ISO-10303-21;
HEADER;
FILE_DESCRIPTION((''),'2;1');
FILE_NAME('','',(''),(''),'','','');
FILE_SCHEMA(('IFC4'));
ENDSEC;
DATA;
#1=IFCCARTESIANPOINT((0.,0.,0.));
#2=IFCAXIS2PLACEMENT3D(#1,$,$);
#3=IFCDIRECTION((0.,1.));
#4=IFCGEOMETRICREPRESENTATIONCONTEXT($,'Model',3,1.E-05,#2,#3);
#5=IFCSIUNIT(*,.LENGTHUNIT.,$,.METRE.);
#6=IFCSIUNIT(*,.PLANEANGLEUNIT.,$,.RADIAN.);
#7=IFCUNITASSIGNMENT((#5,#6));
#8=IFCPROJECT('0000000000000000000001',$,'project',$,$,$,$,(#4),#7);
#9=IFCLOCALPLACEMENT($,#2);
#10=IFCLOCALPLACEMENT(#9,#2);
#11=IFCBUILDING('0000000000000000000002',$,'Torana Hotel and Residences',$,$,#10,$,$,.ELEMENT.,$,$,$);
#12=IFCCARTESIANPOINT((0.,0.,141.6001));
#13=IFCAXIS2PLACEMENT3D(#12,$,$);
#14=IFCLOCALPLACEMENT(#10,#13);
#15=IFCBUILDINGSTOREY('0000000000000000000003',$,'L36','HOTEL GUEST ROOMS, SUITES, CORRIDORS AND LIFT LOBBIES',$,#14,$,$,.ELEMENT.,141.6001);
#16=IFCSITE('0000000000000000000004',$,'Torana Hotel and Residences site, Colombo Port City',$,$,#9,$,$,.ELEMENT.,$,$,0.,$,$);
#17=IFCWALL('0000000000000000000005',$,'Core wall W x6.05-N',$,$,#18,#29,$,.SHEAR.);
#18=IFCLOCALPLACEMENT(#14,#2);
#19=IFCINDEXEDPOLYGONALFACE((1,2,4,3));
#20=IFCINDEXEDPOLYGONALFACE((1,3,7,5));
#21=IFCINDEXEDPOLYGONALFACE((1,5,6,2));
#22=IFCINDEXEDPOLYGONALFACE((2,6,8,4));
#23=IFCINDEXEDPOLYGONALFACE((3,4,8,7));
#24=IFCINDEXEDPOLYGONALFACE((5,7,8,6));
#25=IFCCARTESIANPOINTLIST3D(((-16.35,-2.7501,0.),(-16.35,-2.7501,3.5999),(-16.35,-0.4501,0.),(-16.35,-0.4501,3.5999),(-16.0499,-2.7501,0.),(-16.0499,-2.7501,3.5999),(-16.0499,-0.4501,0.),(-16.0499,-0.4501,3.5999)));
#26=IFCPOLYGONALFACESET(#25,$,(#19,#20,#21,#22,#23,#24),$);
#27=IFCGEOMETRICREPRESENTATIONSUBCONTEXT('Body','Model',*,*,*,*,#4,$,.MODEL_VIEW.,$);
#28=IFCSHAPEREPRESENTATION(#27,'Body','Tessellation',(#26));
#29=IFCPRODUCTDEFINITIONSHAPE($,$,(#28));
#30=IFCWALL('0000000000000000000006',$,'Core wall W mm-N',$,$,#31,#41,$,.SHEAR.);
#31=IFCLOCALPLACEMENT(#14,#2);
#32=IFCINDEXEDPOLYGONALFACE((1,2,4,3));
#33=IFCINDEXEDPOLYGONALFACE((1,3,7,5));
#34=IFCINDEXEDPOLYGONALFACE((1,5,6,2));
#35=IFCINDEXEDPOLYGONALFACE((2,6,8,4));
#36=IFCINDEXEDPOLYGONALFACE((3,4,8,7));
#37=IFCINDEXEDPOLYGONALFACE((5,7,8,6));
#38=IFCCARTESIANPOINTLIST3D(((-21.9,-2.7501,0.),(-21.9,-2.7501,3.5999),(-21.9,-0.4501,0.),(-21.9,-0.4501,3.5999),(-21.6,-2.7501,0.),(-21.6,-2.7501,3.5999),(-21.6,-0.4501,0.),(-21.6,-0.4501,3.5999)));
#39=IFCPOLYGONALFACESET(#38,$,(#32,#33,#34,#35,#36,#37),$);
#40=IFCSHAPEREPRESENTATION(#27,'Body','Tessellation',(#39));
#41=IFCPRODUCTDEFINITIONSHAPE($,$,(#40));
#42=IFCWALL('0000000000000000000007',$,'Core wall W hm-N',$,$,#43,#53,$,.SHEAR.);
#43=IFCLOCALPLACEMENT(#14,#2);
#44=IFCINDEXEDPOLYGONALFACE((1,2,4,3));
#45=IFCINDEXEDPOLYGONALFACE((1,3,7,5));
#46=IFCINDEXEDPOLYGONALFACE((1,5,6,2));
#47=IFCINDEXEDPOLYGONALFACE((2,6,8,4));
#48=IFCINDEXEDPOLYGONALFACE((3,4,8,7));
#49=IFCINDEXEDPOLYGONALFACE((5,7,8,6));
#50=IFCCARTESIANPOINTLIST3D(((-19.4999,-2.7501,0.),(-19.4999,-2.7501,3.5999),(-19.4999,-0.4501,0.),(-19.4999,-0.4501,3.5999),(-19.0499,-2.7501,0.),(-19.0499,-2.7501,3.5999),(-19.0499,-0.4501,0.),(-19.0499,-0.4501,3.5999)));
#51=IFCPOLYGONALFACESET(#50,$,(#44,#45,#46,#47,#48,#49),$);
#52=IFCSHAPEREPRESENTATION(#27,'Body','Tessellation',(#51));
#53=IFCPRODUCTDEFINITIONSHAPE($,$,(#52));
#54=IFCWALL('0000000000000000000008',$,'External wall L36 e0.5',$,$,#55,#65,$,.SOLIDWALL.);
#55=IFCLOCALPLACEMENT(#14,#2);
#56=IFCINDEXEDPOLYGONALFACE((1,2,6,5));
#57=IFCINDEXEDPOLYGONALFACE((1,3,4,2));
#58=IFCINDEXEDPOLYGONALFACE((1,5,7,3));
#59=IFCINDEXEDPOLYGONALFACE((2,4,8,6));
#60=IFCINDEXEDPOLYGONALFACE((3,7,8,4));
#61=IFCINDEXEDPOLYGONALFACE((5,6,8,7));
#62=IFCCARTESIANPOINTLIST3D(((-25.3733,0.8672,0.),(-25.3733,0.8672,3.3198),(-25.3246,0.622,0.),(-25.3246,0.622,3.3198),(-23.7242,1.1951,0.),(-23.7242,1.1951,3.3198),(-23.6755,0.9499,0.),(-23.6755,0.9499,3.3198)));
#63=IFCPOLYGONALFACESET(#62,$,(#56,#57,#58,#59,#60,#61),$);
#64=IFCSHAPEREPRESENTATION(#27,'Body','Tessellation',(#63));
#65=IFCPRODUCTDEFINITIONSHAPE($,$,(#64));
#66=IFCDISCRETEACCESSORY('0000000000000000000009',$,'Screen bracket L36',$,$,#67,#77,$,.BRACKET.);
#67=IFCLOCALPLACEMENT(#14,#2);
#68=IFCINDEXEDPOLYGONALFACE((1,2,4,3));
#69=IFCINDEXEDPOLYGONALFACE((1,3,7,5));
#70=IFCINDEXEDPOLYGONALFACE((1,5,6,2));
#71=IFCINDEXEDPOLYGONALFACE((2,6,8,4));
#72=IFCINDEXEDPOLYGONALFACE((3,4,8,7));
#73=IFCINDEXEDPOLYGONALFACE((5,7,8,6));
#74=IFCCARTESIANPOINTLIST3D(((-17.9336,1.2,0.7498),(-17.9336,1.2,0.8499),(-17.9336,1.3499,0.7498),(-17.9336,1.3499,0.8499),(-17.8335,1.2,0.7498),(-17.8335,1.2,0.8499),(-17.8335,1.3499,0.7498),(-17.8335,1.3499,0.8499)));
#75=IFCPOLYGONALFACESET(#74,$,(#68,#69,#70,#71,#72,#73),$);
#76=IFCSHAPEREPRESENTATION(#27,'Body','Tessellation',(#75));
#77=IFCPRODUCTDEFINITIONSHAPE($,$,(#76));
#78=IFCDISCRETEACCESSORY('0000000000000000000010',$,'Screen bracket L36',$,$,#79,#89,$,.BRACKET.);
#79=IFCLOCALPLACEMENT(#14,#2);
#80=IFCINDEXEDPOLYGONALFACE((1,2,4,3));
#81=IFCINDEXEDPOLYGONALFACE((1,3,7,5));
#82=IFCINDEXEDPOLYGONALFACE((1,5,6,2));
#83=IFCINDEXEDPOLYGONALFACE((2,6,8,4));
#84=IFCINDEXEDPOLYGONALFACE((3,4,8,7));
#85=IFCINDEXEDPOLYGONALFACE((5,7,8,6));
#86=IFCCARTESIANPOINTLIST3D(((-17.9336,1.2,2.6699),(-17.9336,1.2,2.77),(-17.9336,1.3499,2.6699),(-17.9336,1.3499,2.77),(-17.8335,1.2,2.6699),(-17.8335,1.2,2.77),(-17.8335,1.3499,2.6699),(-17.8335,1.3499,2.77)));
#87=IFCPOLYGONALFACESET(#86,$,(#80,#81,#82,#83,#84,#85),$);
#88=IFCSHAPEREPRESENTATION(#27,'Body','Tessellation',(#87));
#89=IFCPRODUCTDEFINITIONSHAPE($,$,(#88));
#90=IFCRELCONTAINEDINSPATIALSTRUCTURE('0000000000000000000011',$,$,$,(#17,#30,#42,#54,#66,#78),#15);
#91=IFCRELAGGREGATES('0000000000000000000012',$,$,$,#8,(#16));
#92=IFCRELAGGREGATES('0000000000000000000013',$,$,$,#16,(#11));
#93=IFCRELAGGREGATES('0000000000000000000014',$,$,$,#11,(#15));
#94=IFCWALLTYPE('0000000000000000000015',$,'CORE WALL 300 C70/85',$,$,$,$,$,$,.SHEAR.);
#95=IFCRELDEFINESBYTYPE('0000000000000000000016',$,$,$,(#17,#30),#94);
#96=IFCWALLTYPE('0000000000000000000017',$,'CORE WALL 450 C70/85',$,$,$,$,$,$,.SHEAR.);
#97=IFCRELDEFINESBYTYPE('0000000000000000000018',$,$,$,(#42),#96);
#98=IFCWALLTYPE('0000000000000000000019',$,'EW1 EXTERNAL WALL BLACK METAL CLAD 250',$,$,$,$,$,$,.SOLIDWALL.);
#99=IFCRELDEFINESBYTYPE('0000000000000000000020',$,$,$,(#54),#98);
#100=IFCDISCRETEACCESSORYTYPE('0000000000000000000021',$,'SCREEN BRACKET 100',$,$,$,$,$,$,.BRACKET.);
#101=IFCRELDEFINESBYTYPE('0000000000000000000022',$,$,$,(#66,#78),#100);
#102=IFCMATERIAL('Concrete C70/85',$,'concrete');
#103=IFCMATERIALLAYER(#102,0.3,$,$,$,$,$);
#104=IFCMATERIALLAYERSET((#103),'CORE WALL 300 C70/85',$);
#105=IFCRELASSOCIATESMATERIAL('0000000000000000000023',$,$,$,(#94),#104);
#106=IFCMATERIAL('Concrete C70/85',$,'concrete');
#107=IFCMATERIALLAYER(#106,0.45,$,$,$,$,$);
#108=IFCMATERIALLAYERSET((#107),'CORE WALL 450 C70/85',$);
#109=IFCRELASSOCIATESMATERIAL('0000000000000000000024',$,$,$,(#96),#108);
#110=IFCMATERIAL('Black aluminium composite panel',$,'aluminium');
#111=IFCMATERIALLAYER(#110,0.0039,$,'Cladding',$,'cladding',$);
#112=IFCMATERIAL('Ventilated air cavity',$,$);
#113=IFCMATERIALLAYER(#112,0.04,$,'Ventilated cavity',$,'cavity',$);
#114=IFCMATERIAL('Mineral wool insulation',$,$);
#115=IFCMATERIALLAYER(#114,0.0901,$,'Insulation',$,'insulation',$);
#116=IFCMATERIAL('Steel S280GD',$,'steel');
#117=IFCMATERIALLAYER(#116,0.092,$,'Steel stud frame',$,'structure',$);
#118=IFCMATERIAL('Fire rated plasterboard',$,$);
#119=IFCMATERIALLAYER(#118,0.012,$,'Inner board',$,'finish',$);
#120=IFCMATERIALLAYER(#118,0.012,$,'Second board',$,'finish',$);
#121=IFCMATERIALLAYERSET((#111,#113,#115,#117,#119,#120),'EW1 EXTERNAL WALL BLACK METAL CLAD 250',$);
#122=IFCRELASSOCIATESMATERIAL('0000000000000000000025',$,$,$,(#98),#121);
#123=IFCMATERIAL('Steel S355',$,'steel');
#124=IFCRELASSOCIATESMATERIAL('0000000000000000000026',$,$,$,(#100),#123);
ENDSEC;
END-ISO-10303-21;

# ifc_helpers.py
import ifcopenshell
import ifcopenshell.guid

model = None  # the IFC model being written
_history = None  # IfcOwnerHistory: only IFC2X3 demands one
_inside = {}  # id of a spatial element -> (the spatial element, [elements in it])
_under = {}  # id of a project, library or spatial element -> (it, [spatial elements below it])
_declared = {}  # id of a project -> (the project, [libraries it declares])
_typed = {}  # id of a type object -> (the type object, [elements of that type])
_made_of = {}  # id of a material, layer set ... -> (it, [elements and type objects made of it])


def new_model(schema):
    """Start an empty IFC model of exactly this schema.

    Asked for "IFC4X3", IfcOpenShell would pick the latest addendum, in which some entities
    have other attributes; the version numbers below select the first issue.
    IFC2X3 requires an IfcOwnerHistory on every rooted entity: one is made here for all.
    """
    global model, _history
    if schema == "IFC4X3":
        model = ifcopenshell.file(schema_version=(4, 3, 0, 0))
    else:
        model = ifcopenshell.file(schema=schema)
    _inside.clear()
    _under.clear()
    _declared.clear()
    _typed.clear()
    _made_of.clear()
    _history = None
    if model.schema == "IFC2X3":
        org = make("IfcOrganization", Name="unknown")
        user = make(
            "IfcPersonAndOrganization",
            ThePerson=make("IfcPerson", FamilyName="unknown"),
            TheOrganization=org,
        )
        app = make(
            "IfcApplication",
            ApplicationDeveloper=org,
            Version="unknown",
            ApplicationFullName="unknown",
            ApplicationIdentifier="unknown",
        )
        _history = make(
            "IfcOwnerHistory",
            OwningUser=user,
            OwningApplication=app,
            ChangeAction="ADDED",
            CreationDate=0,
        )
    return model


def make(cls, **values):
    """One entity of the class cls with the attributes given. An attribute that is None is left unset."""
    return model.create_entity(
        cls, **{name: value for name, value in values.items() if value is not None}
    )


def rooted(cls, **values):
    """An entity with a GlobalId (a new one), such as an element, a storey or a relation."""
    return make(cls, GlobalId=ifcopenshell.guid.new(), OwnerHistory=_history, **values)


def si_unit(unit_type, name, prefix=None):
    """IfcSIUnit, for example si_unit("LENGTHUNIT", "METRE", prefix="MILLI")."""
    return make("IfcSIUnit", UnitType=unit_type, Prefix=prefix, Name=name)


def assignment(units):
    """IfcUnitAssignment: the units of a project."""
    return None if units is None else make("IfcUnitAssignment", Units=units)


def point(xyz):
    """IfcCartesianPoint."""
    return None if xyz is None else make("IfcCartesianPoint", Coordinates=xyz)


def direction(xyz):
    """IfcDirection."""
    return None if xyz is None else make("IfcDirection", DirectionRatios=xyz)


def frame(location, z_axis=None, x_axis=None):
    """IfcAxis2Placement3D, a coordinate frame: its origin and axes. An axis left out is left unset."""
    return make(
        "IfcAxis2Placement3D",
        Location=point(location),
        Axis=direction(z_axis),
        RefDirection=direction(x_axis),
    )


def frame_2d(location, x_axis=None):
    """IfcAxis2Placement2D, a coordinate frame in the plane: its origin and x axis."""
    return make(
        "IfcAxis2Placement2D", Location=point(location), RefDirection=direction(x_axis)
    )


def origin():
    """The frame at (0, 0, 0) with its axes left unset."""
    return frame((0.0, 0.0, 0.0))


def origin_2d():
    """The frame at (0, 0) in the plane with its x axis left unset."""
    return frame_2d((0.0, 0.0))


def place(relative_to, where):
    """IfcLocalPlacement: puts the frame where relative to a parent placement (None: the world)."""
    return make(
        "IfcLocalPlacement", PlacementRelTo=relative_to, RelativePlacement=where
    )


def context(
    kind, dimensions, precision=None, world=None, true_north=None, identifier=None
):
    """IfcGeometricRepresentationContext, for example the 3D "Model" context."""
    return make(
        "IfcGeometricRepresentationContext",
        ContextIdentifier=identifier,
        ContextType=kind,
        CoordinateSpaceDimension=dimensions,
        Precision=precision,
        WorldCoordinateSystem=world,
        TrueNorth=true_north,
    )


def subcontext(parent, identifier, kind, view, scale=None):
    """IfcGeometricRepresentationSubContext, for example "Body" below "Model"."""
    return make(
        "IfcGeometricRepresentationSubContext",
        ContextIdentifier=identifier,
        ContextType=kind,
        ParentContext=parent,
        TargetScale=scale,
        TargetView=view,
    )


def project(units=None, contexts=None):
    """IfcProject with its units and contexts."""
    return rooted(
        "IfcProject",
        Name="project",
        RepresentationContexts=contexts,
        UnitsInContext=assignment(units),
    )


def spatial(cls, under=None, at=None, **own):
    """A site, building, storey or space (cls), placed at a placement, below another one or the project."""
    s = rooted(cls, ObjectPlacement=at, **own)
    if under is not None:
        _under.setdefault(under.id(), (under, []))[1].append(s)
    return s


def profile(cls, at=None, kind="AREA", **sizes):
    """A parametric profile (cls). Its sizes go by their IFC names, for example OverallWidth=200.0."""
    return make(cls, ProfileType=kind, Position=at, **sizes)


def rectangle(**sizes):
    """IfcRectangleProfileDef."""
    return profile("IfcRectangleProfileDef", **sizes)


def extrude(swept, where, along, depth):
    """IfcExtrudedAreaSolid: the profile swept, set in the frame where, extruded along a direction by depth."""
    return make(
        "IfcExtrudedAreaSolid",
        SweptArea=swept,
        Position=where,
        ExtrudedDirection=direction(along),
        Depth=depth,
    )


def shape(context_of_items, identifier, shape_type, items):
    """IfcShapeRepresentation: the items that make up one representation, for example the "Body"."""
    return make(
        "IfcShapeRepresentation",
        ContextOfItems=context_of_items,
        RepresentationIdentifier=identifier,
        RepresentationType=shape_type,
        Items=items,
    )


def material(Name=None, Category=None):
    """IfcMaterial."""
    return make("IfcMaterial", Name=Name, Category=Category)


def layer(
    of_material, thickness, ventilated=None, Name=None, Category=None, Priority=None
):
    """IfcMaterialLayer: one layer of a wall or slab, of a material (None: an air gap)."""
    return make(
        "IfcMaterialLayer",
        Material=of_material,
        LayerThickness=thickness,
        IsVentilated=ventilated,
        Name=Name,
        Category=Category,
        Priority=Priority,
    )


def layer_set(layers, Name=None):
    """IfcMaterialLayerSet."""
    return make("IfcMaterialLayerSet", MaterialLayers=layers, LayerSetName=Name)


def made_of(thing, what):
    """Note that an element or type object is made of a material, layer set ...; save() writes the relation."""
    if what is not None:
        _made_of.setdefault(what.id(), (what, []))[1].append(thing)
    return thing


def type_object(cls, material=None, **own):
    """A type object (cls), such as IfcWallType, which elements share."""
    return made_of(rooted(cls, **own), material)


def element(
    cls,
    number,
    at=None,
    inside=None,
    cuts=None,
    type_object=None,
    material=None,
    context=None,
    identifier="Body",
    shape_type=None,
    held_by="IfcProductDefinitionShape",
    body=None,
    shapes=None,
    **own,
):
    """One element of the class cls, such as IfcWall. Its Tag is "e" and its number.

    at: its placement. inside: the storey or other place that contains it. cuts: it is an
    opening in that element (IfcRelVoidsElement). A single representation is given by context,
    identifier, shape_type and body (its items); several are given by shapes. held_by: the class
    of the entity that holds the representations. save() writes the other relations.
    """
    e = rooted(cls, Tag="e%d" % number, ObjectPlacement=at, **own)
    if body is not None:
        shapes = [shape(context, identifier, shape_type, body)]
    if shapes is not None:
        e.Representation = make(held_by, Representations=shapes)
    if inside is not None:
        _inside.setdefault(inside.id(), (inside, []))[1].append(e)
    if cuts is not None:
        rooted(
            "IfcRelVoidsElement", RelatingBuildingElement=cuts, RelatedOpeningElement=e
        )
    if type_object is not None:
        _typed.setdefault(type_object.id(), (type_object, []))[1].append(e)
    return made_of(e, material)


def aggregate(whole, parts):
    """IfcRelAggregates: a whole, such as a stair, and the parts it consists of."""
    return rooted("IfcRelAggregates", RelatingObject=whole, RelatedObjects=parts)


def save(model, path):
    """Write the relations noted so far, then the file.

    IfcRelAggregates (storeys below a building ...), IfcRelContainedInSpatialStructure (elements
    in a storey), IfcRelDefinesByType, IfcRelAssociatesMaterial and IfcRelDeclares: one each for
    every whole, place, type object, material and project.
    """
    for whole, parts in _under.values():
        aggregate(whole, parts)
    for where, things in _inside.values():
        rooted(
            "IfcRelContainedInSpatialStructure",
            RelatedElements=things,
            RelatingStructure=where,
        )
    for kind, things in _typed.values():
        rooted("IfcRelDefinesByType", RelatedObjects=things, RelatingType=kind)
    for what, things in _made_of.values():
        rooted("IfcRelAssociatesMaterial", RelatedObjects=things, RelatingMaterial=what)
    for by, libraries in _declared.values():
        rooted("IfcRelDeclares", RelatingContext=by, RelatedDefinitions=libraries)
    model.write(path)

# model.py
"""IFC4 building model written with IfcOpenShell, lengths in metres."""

from ifc_helpers import new_model, si_unit, direction, frame, frame_2d, origin, origin_2d, place, context, subcontext, project, spatial, rectangle, extrude, material, layer, layer_set, type_object, element, save


model = new_model("IFC4")

# Units and contexts
model_context = context("Model", 3, precision=1e-05, world=origin(), true_north=direction((0.0, 1.0)))
body_context = subcontext(model_context, "Body", "Model", "MODEL_VIEW")
ifc_project = project(units=[si_unit("LENGTHUNIT", "METRE"), si_unit("PLANEANGLEUNIT", "RADIAN")], contexts=[model_context])

# Site, building, storey
site_placement = place(None, origin())
site = spatial("IfcSite", under=ifc_project, at=site_placement, Name="Torana Hotel and Residences site, Colombo Port City", CompositionType="ELEMENT", RefElevation=0.0)
building_placement = place(site_placement, origin())
building = spatial("IfcBuilding", under=site, at=building_placement, Name="Torana Hotel and Residences", CompositionType="ELEMENT")
storey_placement = place(building_placement, frame((0.0, 0.0, 141.6001)))
storey = spatial("IfcBuildingStorey", under=building, at=storey_placement, Name="L36", Description="HOTEL GUEST ROOMS, SUITES, CORRIDORS AND LIFT LOBBIES", CompositionType="ELEMENT", Elevation=141.6001)

# Shared definitions
ifc_material_1 = material(Name="Concrete C70/85", Category="concrete")
ifc_layer_1 = layer(ifc_material_1, 0.3)
ifc_layer_set_1 = layer_set([ifc_layer_1], Name="CORE WALL 300 C70/85")
wall_type_1 = type_object("IfcWallType", Name="CORE WALL 300 C70/85", PredefinedType="SHEAR", material=ifc_layer_set_1)

# Walls
for number, where, z_axis, x_axis, name in (
    (1, (-16.2, -2.75, 0.0), (0.0, 0.0, 1.0), (0.0, 1.0, 0.0), "Core wall W x6.05-N"),
    (2, (-21.75, -2.75, 0.0), (0.0, 0.0, 1.0), (0.0, 1.0, 0.0), "Core wall W mm-N"),
):
    element("IfcWall", number, at=place(storey_placement, frame(where, z_axis=z_axis, x_axis=x_axis)), inside=storey, type_object=wall_type_1, Name=name, PredefinedType="SHEAR", context=body_context, shape_type="SweptSolid", body=[
        extrude(rectangle(XDim=2.3, YDim=0.3, at=frame_2d((1.1499, 0.0))), origin(), (0.0, 0.0, 1.0), 3.5999),
    ])
ifc_material_2 = material(Name="Concrete C70/85", Category="concrete")
ifc_layer_2 = layer(ifc_material_2, 0.45)
ifc_layer_set_2 = layer_set([ifc_layer_2], Name="CORE WALL 450 C70/85")
wall_type_2 = type_object("IfcWallType", Name="CORE WALL 450 C70/85", PredefinedType="SHEAR", material=ifc_layer_set_2)
wall_1_placement = place(storey_placement, frame((-19.2749, -2.75, 0.0), z_axis=(0.0, 0.0, 1.0), x_axis=(0.0, 1.0, 0.0)))
element("IfcWall", 3, at=wall_1_placement, inside=storey, type_object=wall_type_2, Name="Core wall W hm-N", PredefinedType="SHEAR", context=body_context, shape_type="SweptSolid", body=[
    extrude(rectangle(XDim=2.3, YDim=0.45, at=frame_2d((1.1499, 0.0))), origin(), (0.0, 0.0, 1.0), 3.5999),
])
ifc_material_3 = material(Name="Black aluminium composite panel", Category="aluminium")
ifc_layer_3 = layer(ifc_material_3, 0.0039, Name="Cladding", Category="cladding")
ifc_material_4 = material(Name="Ventilated air cavity")
ifc_layer_4 = layer(ifc_material_4, 0.04, Name="Ventilated cavity", Category="cavity")
ifc_material_5 = material(Name="Mineral wool insulation")
ifc_layer_5 = layer(ifc_material_5, 0.0901, Name="Insulation", Category="insulation")
ifc_material_6 = material(Name="Steel S280GD", Category="steel")
ifc_layer_6 = layer(ifc_material_6, 0.092, Name="Steel stud frame", Category="structure")
ifc_material_7 = material(Name="Fire rated plasterboard")
ifc_layer_7 = layer(ifc_material_7, 0.012, Name="Inner board", Category="finish")
ifc_layer_8 = layer(ifc_material_7, 0.012, Name="Second board", Category="finish")
ifc_layer_set_3 = layer_set([ifc_layer_3, ifc_layer_4, ifc_layer_5, ifc_layer_6, ifc_layer_7, ifc_layer_8], Name="EW1 EXTERNAL WALL BLACK METAL CLAD 250")
wall_type_3 = type_object("IfcWallType", Name="EW1 EXTERNAL WALL BLACK METAL CLAD 250", PredefinedType="SOLIDWALL", material=ifc_layer_set_3)
wall_2_placement = place(storey_placement, frame((-23.6997, 1.0725, 0.0), z_axis=(0.0, 0.0, 1.0), x_axis=(-0.980803, -0.194999, 0.0)))
element("IfcWall", 4, at=wall_2_placement, inside=storey, type_object=wall_type_3, Name="External wall L36 e0.5", PredefinedType="SOLIDWALL", context=body_context, shape_type="SweptSolid", body=[
    extrude(rectangle(XDim=1.6814, YDim=0.25, at=frame_2d((0.8408, 0.0))), origin(), (0.0, 0.0, 1.0), 3.3198),
])

# Discrete accessories
ifc_material_8 = material(Name="Steel S355", Category="steel")
discrete_accessory_type = type_object("IfcDiscreteAccessoryType", Name="SCREEN BRACKET 100", PredefinedType="BRACKET", material=ifc_material_8)
for number, where, z_axis, x_axis, name in (
    (5, (-17.8835, 1.2749, 0.7498), (0.0, 0.0, 1.0), (-1.0, 0.0, 0.0), "Screen bracket L36"),
    (6, (-17.8835, 1.2749, 2.6699), (0.0, 0.0, 1.0), (-1.0, 0.0, 0.0), "Screen bracket L36"),
):
    element("IfcDiscreteAccessory", number, at=place(storey_placement, frame(where, z_axis=z_axis, x_axis=x_axis)), inside=storey, type_object=discrete_accessory_type, Name=name, PredefinedType="BRACKET", context=body_context, shape_type="SweptSolid", body=[
        extrude(rectangle(XDim=0.1001, YDim=0.1499, at=origin_2d()), origin(), (0.0, 0.0, 1.0), 0.1001),
    ])

save(model, "model.ifc")
